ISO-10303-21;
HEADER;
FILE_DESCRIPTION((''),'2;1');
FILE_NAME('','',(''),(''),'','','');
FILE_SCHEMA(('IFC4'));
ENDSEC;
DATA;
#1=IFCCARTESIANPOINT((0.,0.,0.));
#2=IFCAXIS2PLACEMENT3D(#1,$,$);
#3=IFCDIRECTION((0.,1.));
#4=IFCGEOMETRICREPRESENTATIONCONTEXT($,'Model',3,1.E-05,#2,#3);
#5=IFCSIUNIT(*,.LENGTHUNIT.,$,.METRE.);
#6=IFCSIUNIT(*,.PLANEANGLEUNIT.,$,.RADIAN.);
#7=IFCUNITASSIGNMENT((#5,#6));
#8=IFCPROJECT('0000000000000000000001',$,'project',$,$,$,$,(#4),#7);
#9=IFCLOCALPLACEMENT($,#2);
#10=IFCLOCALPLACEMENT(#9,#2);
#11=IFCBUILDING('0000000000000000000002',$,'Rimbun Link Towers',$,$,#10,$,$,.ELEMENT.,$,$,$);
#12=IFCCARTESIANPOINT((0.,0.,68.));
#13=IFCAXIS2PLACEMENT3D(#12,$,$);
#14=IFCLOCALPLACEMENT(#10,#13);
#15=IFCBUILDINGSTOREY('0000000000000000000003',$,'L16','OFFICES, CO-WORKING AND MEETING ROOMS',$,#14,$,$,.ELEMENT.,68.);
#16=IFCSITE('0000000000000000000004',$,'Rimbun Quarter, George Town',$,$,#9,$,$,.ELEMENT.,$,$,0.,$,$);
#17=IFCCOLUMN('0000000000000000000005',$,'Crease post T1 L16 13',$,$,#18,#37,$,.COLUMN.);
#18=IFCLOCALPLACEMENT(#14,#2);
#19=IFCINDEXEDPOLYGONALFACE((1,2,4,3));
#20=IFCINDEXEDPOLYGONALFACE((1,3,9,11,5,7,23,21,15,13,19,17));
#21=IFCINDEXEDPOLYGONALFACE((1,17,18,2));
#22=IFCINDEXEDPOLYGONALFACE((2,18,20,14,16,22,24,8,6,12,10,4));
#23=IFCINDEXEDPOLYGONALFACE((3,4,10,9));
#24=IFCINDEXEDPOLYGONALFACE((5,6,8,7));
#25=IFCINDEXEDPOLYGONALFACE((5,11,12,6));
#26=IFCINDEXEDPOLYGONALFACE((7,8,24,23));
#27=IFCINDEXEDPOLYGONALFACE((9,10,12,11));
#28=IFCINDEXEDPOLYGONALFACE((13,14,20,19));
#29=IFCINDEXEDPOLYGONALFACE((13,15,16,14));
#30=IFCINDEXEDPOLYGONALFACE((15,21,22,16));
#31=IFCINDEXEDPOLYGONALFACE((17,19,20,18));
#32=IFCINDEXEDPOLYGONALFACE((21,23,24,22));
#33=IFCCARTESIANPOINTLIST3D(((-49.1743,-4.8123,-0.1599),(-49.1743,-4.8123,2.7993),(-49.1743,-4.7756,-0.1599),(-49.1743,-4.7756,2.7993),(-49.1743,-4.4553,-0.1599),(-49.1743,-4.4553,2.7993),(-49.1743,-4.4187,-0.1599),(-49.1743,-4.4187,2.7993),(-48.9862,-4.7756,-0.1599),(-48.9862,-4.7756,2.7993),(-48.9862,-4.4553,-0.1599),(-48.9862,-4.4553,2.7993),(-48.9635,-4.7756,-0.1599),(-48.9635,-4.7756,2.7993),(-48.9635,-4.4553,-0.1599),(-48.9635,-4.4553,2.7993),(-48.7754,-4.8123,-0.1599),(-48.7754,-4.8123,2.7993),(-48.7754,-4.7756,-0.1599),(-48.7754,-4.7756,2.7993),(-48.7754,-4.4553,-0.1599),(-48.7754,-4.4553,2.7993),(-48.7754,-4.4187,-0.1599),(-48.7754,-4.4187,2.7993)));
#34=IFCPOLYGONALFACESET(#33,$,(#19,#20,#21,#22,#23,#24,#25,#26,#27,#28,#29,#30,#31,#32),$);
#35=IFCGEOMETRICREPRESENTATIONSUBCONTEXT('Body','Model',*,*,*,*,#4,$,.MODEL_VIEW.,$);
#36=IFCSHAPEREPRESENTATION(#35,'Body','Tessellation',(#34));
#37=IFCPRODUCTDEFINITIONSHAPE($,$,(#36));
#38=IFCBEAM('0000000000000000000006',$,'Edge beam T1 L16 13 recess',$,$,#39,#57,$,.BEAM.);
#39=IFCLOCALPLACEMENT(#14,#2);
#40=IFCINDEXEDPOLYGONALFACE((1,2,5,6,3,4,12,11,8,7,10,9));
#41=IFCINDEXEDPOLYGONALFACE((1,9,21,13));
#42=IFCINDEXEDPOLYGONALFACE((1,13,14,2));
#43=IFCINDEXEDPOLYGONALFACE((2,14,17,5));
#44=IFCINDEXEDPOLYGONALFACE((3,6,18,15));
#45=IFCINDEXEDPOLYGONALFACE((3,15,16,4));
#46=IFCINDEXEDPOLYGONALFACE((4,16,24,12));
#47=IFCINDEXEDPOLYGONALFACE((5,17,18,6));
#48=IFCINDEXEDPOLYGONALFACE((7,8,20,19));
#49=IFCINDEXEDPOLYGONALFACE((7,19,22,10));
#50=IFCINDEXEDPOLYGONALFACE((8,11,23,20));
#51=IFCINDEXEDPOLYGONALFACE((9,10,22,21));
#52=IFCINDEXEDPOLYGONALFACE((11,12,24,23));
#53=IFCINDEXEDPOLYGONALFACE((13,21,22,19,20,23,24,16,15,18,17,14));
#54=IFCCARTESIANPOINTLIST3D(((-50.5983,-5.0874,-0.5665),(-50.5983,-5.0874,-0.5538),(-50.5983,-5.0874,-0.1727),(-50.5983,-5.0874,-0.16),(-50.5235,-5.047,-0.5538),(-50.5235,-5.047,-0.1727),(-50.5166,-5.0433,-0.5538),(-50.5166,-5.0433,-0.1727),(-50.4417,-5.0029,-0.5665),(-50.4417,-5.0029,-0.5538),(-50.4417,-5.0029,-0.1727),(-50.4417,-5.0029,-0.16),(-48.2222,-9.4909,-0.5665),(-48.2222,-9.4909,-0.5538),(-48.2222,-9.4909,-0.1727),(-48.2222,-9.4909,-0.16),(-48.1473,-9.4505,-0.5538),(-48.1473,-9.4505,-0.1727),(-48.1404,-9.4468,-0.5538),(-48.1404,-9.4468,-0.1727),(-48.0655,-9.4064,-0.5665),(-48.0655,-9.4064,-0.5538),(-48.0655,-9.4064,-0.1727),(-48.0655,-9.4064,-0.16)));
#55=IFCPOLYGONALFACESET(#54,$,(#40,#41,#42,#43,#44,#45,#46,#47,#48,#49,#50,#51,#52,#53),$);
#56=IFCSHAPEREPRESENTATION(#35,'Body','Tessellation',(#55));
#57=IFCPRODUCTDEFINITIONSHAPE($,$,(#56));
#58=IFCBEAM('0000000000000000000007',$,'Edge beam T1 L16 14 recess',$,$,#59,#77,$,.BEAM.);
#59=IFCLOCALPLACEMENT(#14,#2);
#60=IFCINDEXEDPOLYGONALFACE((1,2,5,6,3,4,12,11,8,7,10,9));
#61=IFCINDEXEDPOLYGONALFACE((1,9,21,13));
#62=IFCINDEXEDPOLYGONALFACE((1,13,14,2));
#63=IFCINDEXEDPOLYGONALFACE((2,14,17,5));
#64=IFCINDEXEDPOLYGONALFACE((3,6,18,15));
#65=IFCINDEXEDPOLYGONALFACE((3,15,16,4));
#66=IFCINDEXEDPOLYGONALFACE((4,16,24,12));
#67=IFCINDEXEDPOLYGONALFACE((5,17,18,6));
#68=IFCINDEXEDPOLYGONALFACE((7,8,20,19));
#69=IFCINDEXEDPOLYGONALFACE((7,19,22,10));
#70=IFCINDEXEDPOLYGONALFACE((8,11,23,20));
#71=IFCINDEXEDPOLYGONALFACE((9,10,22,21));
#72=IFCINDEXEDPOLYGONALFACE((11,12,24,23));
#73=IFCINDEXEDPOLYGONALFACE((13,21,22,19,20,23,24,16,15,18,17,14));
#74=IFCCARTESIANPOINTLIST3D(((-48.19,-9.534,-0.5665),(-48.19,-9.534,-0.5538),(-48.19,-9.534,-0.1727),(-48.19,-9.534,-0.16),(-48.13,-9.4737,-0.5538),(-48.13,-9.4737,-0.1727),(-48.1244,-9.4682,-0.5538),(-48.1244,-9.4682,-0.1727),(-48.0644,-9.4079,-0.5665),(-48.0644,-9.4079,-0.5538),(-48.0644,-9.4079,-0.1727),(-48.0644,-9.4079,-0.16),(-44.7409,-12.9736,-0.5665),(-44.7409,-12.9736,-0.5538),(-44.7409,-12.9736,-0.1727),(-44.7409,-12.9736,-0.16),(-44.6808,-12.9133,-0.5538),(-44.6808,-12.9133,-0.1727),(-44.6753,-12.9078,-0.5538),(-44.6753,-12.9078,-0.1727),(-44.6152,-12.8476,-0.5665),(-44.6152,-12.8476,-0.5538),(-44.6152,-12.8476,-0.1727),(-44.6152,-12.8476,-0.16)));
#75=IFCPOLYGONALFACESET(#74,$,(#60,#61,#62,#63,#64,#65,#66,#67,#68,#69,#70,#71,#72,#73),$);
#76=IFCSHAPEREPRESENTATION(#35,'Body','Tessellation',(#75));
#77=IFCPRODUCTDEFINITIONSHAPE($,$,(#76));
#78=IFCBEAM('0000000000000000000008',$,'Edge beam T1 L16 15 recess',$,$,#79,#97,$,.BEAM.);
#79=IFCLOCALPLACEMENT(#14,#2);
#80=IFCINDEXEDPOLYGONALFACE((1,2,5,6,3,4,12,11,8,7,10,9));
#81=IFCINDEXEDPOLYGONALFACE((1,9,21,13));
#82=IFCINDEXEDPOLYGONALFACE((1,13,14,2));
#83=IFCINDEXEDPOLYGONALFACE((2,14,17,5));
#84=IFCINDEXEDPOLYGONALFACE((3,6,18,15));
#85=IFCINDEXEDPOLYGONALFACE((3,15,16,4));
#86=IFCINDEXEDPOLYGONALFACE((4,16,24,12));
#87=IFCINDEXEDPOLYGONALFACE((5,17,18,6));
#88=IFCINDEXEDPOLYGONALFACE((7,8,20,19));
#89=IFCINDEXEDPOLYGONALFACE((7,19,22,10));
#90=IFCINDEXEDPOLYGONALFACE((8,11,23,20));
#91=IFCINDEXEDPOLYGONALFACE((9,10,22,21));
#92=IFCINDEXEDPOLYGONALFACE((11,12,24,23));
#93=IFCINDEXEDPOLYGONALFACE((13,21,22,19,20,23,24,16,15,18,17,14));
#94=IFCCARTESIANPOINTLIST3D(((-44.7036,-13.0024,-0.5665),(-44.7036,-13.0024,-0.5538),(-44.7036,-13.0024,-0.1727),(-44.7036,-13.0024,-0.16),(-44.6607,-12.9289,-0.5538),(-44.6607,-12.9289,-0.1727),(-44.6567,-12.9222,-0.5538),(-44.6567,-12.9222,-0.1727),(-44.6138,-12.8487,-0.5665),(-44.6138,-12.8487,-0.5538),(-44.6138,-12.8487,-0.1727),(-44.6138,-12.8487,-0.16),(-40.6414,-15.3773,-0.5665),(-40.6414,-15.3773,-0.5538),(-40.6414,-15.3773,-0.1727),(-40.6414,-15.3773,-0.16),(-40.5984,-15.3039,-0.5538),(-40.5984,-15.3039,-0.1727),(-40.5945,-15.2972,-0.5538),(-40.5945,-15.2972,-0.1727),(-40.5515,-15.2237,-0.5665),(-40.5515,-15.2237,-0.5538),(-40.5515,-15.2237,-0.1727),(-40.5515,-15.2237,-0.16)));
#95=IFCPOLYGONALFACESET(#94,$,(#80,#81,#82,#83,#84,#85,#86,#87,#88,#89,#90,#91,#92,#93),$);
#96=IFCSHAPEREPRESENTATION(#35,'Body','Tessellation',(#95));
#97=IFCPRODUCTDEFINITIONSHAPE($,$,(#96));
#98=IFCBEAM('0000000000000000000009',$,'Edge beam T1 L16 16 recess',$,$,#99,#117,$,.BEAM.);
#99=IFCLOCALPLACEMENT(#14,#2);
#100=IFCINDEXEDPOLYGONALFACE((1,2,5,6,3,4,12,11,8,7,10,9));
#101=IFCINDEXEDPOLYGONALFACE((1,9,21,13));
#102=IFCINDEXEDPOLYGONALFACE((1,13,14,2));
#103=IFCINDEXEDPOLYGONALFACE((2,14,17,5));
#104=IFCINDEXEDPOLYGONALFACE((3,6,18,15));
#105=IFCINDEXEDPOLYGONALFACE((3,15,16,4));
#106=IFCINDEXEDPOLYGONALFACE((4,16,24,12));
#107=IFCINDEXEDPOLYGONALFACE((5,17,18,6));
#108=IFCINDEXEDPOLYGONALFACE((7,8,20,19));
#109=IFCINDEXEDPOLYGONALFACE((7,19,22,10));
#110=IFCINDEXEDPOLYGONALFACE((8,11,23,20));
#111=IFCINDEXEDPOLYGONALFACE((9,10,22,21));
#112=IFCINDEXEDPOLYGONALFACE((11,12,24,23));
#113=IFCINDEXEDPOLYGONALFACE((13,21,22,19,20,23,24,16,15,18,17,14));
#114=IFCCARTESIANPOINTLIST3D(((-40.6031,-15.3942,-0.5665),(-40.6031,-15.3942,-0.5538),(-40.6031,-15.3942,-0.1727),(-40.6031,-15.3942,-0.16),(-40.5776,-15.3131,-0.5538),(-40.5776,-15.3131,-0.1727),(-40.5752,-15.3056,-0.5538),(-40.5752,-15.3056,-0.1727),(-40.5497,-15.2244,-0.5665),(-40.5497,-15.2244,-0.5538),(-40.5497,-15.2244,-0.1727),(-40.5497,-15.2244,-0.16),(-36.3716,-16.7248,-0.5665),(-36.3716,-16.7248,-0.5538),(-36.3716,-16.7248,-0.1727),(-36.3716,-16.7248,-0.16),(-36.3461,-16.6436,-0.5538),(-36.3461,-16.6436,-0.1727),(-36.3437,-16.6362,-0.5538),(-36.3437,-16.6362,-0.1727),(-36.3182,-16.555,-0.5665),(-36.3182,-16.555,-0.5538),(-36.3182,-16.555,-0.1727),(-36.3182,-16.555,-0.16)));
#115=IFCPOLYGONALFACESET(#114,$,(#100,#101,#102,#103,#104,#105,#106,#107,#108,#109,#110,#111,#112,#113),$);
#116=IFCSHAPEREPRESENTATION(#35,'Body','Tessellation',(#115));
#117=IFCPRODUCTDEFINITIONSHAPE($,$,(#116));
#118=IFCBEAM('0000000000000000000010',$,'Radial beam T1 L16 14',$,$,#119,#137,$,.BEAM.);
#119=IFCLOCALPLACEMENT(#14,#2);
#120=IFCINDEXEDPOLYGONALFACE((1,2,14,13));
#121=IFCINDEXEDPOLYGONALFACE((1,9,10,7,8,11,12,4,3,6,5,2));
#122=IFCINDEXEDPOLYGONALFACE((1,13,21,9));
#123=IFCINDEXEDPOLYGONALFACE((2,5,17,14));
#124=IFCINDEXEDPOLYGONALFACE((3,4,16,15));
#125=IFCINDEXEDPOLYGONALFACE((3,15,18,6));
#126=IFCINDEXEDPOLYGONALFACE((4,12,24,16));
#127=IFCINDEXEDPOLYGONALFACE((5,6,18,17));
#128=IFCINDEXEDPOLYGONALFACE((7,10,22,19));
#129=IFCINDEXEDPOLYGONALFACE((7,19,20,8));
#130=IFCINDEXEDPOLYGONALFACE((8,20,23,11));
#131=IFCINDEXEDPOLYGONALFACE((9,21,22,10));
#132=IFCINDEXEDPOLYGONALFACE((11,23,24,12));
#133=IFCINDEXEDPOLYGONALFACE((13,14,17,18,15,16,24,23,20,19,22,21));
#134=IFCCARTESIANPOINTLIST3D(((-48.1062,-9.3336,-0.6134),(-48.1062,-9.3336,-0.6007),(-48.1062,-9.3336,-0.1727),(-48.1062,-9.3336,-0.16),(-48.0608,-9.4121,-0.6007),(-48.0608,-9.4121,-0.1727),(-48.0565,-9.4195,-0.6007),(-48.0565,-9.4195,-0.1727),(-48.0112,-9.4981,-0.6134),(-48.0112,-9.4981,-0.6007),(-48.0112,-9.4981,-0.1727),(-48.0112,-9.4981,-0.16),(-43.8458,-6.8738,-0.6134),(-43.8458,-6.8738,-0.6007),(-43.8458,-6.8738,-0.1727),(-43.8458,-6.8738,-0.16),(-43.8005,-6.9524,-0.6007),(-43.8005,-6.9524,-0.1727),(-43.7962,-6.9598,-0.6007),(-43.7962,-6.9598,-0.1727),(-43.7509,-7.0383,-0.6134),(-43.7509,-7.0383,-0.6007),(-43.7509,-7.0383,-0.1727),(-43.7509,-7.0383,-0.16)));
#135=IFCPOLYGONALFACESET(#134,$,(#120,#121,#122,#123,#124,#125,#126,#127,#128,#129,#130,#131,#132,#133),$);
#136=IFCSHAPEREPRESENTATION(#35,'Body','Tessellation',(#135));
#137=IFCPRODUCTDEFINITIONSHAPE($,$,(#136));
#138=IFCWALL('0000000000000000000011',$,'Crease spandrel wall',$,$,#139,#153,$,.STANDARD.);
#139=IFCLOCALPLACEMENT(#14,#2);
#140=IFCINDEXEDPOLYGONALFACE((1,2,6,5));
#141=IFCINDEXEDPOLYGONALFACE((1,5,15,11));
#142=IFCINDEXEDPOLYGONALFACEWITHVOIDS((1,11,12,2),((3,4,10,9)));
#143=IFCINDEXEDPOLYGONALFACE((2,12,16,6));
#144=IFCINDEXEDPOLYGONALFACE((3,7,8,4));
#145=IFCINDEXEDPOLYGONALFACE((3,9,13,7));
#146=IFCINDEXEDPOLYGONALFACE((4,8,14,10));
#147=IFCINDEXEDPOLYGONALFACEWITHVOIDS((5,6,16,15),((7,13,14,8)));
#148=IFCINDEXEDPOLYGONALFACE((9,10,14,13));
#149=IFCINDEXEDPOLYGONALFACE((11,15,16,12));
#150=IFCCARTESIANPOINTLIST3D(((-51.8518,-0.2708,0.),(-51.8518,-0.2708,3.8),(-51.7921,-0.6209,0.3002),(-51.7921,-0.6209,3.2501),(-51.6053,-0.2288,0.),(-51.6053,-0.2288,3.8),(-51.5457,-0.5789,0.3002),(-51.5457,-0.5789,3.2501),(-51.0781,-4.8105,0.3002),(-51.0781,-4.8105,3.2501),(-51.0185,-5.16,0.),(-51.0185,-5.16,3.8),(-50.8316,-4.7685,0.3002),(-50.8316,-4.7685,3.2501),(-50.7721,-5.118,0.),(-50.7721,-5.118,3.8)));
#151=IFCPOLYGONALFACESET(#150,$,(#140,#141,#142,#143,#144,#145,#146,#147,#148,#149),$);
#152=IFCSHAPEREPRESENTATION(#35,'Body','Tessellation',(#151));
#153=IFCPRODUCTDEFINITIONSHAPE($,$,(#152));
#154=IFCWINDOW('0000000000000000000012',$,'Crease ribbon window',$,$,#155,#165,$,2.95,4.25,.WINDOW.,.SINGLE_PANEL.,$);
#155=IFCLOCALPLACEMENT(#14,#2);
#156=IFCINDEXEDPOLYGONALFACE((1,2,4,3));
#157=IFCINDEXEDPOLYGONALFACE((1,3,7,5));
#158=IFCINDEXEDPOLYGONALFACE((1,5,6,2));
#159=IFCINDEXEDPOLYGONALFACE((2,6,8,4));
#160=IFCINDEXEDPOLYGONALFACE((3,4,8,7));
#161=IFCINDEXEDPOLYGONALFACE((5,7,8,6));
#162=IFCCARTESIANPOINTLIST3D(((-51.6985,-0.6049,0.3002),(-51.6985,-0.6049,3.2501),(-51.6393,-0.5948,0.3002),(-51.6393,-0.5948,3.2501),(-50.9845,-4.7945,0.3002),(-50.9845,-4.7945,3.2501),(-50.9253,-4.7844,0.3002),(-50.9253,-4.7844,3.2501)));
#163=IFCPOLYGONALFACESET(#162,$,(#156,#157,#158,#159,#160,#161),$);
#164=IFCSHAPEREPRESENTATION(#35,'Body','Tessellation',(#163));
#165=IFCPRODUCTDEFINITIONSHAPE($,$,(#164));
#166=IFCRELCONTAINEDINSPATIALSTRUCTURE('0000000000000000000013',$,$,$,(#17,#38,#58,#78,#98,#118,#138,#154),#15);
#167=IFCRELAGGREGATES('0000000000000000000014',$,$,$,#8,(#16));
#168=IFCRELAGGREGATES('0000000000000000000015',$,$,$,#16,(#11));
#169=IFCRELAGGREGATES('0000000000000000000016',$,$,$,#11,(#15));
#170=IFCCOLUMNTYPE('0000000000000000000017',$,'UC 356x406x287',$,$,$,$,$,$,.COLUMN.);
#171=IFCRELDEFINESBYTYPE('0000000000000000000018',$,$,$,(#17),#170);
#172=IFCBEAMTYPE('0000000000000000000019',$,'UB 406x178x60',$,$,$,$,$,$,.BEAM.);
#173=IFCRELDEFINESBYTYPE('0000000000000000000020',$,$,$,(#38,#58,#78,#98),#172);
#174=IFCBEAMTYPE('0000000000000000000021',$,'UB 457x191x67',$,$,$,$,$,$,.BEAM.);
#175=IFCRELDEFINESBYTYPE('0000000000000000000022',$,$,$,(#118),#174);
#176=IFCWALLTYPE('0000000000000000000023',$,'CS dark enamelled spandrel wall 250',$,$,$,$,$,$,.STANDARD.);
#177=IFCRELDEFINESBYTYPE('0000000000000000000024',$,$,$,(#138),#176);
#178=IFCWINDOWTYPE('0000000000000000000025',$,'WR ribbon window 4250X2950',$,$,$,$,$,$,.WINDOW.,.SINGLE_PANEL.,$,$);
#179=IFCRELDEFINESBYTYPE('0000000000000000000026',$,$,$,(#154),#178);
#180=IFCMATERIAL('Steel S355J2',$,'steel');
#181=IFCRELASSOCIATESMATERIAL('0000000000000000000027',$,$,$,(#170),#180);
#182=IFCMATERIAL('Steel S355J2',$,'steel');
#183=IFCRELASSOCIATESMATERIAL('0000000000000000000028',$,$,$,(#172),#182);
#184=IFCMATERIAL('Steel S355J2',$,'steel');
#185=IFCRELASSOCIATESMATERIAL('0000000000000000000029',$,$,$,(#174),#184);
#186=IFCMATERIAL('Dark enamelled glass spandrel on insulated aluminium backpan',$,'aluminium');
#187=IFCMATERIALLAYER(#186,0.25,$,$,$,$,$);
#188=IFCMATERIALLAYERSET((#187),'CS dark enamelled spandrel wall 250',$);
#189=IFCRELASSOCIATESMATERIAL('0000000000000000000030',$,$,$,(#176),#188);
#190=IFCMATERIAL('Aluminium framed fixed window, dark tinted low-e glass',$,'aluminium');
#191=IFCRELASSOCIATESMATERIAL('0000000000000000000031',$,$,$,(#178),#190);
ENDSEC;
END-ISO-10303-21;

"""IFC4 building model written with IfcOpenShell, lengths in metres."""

from ifc_helpers import new_model, si_unit, direction, frame, frame_2d, origin, origin_2d, place, context, subcontext, project, spatial, rectangle, i_section, extrude, material, layer, layer_set, material_profile, profile_set, type_object, element, fill, save


model = new_model("IFC4")

# Units and contexts
model_context = context("Model", 3, precision=1e-05, world=origin(), true_north=direction((0.0, 1.0)))
body_context = subcontext(model_context, "Body", "Model", "MODEL_VIEW")
ifc_project = project(units=[si_unit("LENGTHUNIT", "METRE"), si_unit("PLANEANGLEUNIT", "RADIAN")], contexts=[model_context])

# Site, building, storey
site_placement = place(None, origin())
site = spatial("IfcSite", under=ifc_project, at=site_placement, Name="Rimbun Quarter, George Town", CompositionType="ELEMENT", RefElevation=0.0)
building_placement = place(site_placement, origin())
building = spatial("IfcBuilding", under=site, at=building_placement, Name="Rimbun Link Towers", CompositionType="ELEMENT")
storey_placement = place(building_placement, frame((0.0, 0.0, 68.0)))
storey = spatial("IfcBuildingStorey", under=building, at=storey_placement, Name="L16", Description="OFFICES, CO-WORKING AND MEETING ROOMS", CompositionType="ELEMENT", Elevation=68.0)

# Column
ifc_material_1 = material(Name="Steel S355J2", Category="steel")
ifc_material_profile_1 = material_profile(ifc_material_1, i_section(OverallWidth=0.3989, OverallDepth=0.3936, WebThickness=0.0227, FlangeThickness=0.0366, at=origin_2d()), Name="UC 356x406x287")
ifc_profile_set_1 = profile_set([ifc_material_profile_1], Name="Steel S355J2")
column_type = type_object("IfcColumnType", Name="UC 356x406x287", PredefinedType="COLUMN", material=ifc_profile_set_1)
column_placement = place(storey_placement, frame((-48.9749, -4.6155, -0.1599), z_axis=(0.0, 0.0, 1.0), x_axis=(1.0, 0.0, 0.0)))
element("IfcColumn", 1, at=column_placement, inside=storey, type_object=column_type, Name="Crease post T1 L16 13", PredefinedType="COLUMN", context=body_context, shape_type="SweptSolid", body=[
    extrude(i_section(OverallWidth=0.3989, OverallDepth=0.3936, WebThickness=0.0227, FlangeThickness=0.0366, at=origin_2d()), origin(), (0.0, 0.0, 1.0), 2.9592),
])

# Beams
ifc_material_2 = material(Name="Steel S355J2", Category="steel")
ifc_material_profile_2 = material_profile(ifc_material_2, i_section(OverallWidth=0.178, OverallDepth=0.4065, WebThickness=0.0078, FlangeThickness=0.0127, at=origin_2d()), Name="UB 406x178x60")
ifc_profile_set_2 = profile_set([ifc_material_profile_2], Name="Steel S355J2")
beam_type_1 = type_object("IfcBeamType", Name="UB 406x178x60", PredefinedType="BEAM", material=ifc_profile_set_2)
beam_1_placement = place(storey_placement, frame((-50.52, -5.0452, -0.3633), z_axis=(0.474885, -0.880048, 0.0), x_axis=(0.880048, 0.474885, 0.0)))
element("IfcBeam", 2, at=beam_1_placement, inside=storey, type_object=beam_type_1, Name="Edge beam T1 L16 13 recess", PredefinedType="BEAM", context=body_context, shape_type="SweptSolid", body=[
    extrude(i_section(OverallWidth=0.178, OverallDepth=0.4065, WebThickness=0.0078, FlangeThickness=0.0127, at=origin_2d()), origin(), (0.0, 0.0, 1.0), 5.0037),
])
beam_2_placement = place(storey_placement, frame((-48.1272, -9.4709, -0.3633), z_axis=(0.708083, -0.706129, 0.0), x_axis=(0.706129, 0.708083, 0.0)))
element("IfcBeam", 3, at=beam_2_placement, inside=storey, type_object=beam_type_1, Name="Edge beam T1 L16 14 recess", PredefinedType="BEAM", context=body_context, shape_type="SweptSolid", body=[
    extrude(i_section(OverallWidth=0.178, OverallDepth=0.4065, WebThickness=0.0078, FlangeThickness=0.0127, at=origin_2d()), origin(), (0.0, 0.0, 1.0), 4.8711),
])
beam_3_placement = place(storey_placement, frame((-44.6587, -12.9255, -0.3633), z_axis=(0.863284, -0.504719, 0.0), x_axis=(0.504719, 0.863284, 0.0)))
element("IfcBeam", 4, at=beam_3_placement, inside=storey, type_object=beam_type_1, Name="Edge beam T1 L16 15 recess", PredefinedType="BEAM", context=body_context, shape_type="SweptSolid", body=[
    extrude(i_section(OverallWidth=0.178, OverallDepth=0.4065, WebThickness=0.0078, FlangeThickness=0.0127, at=origin_2d()), origin(), (0.0, 0.0, 1.0), 4.7056),
])
beam_4_placement = place(storey_placement, frame((-40.5764, -15.3093, -0.3633), z_axis=(0.95395, -0.299967, 0.0), x_axis=(0.299967, 0.95395, 0.0)))
element("IfcBeam", 5, at=beam_4_placement, inside=storey, type_object=beam_type_1, Name="Edge beam T1 L16 16 recess", PredefinedType="BEAM", context=body_context, shape_type="SweptSolid", body=[
    extrude(i_section(OverallWidth=0.178, OverallDepth=0.4065, WebThickness=0.0078, FlangeThickness=0.0127, at=origin_2d()), origin(), (0.0, 0.0, 1.0), 4.4358),
])
ifc_material_3 = material(Name="Steel S355J2", Category="steel")
ifc_material_profile_3 = material_profile(ifc_material_3, i_section(OverallWidth=0.1899, OverallDepth=0.4534, WebThickness=0.0085, FlangeThickness=0.0127, at=origin_2d()), Name="UB 457x191x67")
ifc_profile_set_3 = profile_set([ifc_material_profile_3], Name="Steel S355J2")
beam_type_2 = type_object("IfcBeamType", Name="UB 457x191x67", PredefinedType="BEAM", material=ifc_profile_set_3)
beam_5_placement = place(storey_placement, frame((-43.7983, -6.9561, -0.3867), z_axis=(-0.86602, -0.500009, 0.0), x_axis=(0.500009, -0.86602, 0.0)))
element("IfcBeam", 6, at=beam_5_placement, inside=storey, type_object=beam_type_2, Name="Radial beam T1 L16 14", PredefinedType="BEAM", context=body_context, shape_type="SweptSolid", body=[
    extrude(i_section(OverallWidth=0.1899, OverallDepth=0.4534, WebThickness=0.0085, FlangeThickness=0.0127, at=origin_2d()), origin(), (0.0, 0.0, 1.0), 4.9194),
])

# Wall, opening, window
ifc_material_4 = material(Name="Dark enamelled glass spandrel on insulated aluminium backpan", Category="aluminium")
ifc_layer_1 = layer(ifc_material_4, 0.25)
ifc_layer_set_1 = layer_set([ifc_layer_1], Name="CS dark enamelled spandrel wall 250")
wall_type_1 = type_object("IfcWallType", Name="CS dark enamelled spandrel wall 250", PredefinedType="STANDARD", material=ifc_layer_set_1)
wall_1_placement = place(storey_placement, frame((-50.8953, -5.1392, 0.0), z_axis=(0.0, 0.0, 1.0), x_axis=(-0.168006, 0.985786, 0.0)))
wall_1 = element("IfcWall", 7, at=wall_1_placement, inside=storey, type_object=wall_type_1, Name="Crease spandrel wall", PredefinedType="STANDARD", context=body_context, shape_type="SweptSolid", body=[
    extrude(rectangle(XDim=4.9597, YDim=0.25, at=frame_2d((2.48, 0.0))), origin(), (0.0, 0.0, 1.0), 3.8),
])
opening_1_placement = place(wall_1_placement, frame((0.3547, 0.0, 0.3)))
opening_1 = element("IfcOpeningElement", 8, at=opening_1_placement, cuts=wall_1, PredefinedType="OPENING", context=body_context, shape_type="SweptSolid", body=[
    extrude(rectangle(XDim=4.25, YDim=2.95, at=frame_2d((2.125, 1.4751))), frame((0.0, 0.135, 0.0), z_axis=(0.0, -1.0, 0.0), x_axis=(1.0, 0.0, 0.0)), (0.0, 0.0, 1.0), 0.27),
])
ifc_material_5 = material(Name="Aluminium framed fixed window, dark tinted low-e glass", Category="aluminium")
window_type_1 = type_object("IfcWindowType", Name="WR ribbon window 4250X2950", PartitioningType="SINGLE_PANEL", PredefinedType="WINDOW", material=ifc_material_5)
window_1_placement = place(opening_1_placement, origin())
window_1 = element("IfcWindow", 9, at=window_1_placement, inside=storey, type_object=window_type_1, Name="Crease ribbon window", OverallHeight=2.95, OverallWidth=4.25, PartitioningType="SINGLE_PANEL", PredefinedType="WINDOW", context=body_context, shape_type="SweptSolid", body=[
    extrude(rectangle(XDim=4.25, YDim=2.95, at=frame_2d((2.125, 1.4751))), frame((0.0, 0.03, 0.0), z_axis=(0.0, -1.0, 0.0), x_axis=(1.0, 0.0, 0.0)), (0.0, 0.0, 1.0), 0.0601),
])
fill(opening_1, window_1)

save(model, "model.ifc")
